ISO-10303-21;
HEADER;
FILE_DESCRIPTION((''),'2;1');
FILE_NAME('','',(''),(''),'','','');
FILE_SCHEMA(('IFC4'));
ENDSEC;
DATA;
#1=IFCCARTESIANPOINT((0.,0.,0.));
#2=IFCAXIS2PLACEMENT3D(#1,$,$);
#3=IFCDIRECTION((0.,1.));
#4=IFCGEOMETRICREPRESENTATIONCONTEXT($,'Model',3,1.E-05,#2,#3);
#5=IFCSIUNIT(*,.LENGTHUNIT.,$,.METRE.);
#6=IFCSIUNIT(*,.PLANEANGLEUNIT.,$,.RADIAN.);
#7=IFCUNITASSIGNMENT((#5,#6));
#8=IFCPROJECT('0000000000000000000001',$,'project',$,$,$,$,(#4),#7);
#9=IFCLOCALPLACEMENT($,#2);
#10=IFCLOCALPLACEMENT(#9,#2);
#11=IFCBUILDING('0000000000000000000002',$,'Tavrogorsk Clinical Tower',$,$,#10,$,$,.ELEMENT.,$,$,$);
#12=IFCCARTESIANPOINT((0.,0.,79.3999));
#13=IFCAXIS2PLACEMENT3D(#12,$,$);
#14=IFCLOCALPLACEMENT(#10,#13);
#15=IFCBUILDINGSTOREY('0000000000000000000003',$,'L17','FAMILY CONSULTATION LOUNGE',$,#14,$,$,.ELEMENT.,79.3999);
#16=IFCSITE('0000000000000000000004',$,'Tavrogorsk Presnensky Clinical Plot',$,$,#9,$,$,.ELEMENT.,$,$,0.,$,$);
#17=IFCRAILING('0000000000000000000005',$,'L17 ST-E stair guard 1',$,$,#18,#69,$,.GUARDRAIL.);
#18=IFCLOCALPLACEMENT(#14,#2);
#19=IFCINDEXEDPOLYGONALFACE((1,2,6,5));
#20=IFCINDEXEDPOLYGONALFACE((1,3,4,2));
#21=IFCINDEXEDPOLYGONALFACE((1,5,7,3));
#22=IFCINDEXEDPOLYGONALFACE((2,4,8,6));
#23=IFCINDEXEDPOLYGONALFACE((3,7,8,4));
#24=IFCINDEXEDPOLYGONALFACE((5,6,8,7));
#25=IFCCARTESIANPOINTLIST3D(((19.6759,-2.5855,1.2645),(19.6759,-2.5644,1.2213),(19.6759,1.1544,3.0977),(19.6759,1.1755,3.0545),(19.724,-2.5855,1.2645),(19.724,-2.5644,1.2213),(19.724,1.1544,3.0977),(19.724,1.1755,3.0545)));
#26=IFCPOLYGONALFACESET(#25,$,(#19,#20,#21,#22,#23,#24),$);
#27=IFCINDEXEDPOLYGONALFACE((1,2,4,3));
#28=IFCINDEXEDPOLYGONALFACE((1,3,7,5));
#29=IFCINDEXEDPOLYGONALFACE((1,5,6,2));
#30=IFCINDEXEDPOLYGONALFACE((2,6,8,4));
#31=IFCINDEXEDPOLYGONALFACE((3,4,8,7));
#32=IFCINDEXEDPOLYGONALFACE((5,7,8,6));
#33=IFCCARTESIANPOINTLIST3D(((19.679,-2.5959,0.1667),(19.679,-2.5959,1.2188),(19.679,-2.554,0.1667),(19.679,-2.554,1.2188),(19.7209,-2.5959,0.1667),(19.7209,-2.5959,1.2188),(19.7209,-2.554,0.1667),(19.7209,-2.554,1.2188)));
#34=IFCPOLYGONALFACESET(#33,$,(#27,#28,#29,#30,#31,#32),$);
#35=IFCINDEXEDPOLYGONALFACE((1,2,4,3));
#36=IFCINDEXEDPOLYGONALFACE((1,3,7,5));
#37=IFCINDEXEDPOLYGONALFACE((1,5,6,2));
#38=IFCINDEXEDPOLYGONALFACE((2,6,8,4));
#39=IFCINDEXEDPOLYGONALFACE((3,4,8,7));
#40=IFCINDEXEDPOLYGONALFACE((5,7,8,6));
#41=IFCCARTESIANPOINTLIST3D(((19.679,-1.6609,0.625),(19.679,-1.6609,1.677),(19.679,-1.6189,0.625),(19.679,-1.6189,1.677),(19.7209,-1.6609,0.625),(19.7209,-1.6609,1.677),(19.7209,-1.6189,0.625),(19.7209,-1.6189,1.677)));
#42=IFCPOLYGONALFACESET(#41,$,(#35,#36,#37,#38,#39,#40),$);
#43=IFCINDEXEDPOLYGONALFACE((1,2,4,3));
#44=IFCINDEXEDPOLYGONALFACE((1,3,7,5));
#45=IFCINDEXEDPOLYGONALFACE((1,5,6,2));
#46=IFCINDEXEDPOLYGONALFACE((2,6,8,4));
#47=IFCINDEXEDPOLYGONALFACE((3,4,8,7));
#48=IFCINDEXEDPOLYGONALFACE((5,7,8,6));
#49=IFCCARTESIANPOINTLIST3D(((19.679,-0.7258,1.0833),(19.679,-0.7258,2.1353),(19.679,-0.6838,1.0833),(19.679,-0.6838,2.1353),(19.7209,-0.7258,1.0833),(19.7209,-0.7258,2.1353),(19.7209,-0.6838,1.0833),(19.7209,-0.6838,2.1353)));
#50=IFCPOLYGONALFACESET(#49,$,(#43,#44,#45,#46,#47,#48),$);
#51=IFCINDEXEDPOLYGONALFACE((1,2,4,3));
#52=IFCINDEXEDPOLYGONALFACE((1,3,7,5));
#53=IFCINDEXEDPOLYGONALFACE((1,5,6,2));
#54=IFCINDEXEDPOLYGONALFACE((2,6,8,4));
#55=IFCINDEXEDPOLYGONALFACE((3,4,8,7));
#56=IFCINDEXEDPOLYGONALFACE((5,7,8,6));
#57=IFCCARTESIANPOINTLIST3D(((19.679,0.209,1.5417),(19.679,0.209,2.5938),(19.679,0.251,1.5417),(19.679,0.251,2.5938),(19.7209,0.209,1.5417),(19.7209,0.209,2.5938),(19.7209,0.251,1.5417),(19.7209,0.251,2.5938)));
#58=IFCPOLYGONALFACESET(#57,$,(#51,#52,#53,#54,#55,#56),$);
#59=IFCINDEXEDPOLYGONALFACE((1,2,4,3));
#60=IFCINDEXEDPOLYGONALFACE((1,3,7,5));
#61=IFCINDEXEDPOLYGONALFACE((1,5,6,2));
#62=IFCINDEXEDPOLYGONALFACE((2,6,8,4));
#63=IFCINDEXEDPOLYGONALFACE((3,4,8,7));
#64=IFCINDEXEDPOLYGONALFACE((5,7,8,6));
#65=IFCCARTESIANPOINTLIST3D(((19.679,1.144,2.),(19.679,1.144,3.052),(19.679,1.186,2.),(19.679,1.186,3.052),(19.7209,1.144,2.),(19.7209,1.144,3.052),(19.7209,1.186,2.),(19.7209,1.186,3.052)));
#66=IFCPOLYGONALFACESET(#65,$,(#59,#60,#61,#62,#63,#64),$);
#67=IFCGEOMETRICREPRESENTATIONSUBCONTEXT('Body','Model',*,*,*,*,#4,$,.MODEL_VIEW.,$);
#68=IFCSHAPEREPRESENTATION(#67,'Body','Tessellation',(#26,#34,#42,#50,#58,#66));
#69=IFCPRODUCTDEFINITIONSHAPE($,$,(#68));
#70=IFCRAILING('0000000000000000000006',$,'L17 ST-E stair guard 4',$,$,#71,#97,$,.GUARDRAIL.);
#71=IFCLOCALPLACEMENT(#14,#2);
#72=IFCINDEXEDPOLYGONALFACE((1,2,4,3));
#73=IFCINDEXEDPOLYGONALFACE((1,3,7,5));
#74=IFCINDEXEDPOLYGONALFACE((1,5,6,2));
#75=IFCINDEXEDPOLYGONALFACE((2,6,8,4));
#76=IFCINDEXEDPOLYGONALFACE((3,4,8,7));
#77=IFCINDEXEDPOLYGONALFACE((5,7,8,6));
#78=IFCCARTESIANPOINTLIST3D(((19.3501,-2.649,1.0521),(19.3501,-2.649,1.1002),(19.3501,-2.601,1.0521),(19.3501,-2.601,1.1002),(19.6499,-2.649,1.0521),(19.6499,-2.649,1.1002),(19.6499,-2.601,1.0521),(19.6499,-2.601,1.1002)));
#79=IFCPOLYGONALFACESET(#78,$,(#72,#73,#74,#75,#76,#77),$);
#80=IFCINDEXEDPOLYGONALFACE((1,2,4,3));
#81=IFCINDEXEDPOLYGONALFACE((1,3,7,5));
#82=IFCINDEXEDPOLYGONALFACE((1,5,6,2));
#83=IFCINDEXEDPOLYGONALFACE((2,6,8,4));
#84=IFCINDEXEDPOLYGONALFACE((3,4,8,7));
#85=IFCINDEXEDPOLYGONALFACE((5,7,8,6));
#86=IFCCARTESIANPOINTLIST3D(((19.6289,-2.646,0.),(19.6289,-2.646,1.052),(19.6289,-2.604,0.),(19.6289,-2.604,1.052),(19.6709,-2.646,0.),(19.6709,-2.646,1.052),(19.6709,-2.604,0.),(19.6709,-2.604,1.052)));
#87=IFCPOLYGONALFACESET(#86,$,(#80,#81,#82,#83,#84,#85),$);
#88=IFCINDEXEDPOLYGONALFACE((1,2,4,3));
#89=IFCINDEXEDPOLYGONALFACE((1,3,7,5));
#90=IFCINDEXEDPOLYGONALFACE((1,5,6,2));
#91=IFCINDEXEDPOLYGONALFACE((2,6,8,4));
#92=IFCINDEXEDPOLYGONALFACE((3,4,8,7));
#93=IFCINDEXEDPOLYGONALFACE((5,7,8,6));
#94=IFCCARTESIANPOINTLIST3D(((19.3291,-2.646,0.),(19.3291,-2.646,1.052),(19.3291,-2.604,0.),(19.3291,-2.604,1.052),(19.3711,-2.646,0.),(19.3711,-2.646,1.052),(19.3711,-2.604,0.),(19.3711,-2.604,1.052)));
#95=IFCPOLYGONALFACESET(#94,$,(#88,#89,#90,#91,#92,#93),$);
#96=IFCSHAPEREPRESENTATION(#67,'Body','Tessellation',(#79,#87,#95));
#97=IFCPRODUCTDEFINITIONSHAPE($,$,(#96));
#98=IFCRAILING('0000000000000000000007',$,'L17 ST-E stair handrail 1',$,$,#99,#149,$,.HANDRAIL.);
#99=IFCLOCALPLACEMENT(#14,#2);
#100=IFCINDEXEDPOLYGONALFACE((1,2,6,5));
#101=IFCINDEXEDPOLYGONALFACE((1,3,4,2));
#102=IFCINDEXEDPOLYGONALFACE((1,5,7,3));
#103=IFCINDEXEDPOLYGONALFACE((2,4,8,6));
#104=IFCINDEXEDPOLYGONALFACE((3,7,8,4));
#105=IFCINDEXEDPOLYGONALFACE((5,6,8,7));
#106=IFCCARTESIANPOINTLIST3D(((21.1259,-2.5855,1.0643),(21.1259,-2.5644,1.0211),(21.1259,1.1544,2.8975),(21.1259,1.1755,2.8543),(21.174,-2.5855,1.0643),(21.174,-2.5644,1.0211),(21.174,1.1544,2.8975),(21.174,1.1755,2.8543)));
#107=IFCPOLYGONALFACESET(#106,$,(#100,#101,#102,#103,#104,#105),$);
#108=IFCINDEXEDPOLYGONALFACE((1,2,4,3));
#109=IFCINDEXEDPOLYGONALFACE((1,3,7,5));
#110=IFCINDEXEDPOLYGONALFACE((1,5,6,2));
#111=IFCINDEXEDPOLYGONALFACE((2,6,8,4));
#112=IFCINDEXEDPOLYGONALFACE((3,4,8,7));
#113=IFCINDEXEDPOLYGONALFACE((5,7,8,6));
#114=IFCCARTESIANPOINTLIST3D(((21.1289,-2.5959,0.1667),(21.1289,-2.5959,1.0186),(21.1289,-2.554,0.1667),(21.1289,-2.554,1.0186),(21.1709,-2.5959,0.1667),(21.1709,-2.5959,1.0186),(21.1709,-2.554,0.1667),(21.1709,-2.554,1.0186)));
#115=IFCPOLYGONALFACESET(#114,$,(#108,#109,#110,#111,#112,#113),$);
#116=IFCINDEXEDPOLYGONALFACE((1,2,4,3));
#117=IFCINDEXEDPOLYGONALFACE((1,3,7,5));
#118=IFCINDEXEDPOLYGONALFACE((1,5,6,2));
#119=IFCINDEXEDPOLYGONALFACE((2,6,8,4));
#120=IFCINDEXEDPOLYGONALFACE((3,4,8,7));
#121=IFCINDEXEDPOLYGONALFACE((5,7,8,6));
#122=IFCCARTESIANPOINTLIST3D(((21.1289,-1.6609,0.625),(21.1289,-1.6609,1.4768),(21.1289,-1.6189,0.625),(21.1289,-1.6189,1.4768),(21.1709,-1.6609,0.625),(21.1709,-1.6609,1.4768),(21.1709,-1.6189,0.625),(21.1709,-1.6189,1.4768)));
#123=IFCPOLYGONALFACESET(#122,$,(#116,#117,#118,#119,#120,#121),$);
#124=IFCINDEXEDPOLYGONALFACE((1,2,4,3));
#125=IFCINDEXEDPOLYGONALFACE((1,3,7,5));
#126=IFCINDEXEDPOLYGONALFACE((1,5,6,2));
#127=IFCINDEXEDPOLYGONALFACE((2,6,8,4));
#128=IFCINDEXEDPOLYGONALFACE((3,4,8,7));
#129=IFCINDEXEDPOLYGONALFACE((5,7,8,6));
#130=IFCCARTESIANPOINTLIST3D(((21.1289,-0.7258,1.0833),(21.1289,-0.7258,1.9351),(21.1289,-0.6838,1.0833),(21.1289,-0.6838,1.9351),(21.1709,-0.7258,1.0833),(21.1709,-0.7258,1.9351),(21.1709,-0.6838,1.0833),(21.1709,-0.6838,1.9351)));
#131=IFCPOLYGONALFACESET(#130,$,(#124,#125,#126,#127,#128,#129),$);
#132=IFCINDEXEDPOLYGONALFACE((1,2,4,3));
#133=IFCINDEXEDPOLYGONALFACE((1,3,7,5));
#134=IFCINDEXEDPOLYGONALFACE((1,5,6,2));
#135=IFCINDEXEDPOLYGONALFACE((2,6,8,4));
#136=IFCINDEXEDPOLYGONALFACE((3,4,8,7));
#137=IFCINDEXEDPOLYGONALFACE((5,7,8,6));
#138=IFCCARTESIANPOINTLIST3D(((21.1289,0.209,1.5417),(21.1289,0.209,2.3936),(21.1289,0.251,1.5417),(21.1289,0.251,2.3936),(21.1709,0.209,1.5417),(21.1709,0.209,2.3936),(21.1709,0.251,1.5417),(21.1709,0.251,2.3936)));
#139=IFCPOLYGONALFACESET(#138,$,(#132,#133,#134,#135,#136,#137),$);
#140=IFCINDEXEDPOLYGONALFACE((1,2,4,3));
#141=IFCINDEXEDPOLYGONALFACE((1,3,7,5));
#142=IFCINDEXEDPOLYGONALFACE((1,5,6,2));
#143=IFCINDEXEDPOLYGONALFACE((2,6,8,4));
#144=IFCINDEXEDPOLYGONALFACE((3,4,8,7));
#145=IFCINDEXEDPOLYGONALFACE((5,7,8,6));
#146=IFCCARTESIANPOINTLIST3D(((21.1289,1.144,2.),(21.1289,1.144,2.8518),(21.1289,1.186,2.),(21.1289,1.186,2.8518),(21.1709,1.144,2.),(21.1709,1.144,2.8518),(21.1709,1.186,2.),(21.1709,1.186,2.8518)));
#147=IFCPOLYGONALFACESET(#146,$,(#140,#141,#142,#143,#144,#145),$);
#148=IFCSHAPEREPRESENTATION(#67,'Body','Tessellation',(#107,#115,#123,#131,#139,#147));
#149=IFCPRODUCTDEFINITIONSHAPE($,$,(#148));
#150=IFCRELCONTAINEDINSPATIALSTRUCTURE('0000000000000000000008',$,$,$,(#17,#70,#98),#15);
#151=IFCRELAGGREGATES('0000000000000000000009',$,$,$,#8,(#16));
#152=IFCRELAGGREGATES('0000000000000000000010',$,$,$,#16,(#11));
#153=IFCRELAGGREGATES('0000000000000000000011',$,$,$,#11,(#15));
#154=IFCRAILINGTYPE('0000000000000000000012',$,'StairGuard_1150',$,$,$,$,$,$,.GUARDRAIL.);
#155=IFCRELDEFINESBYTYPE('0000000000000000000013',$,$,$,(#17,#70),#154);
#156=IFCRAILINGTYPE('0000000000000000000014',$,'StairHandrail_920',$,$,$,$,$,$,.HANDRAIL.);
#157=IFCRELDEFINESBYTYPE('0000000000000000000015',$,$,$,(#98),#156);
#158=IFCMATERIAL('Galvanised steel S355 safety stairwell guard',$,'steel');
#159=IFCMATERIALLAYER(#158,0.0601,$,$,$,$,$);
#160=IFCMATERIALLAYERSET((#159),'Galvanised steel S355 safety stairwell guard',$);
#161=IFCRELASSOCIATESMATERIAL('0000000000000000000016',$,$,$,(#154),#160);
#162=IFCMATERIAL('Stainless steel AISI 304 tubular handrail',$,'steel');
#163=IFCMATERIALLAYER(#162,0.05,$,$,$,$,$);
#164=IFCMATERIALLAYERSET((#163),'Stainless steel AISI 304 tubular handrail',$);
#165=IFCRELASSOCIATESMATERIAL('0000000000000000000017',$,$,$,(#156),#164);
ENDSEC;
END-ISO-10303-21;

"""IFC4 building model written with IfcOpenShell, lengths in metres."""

from ifc_helpers import new_model, si_unit, direction, frame, origin, origin_2d, place, context, subcontext, project, spatial, rectangle, extrude, material, layer, layer_set, type_object, element, save


model = new_model("IFC4")

# Units and contexts
model_context = context("Model", 3, precision=1e-05, world=origin(), true_north=direction((0.0, 1.0)))
body_context = subcontext(model_context, "Body", "Model", "MODEL_VIEW")
ifc_project = project(units=[si_unit("LENGTHUNIT", "METRE"), si_unit("PLANEANGLEUNIT", "RADIAN")], contexts=[model_context])

# Site, building, storey
site_placement = place(None, origin())
site = spatial("IfcSite", under=ifc_project, at=site_placement, Name="Tavrogorsk Presnensky Clinical Plot", CompositionType="ELEMENT", RefElevation=0.0)
building_placement = place(site_placement, origin())
building = spatial("IfcBuilding", under=site, at=building_placement, Name="Tavrogorsk Clinical Tower", CompositionType="ELEMENT")
storey_placement = place(building_placement, frame((0.0, 0.0, 79.3999)))
storey = spatial("IfcBuildingStorey", under=building, at=storey_placement, Name="L17", Description="FAMILY CONSULTATION LOUNGE", CompositionType="ELEMENT", Elevation=79.3999)

# Railings
ifc_material_1 = material(Name="Galvanised steel S355 safety stairwell guard", Category="steel")
ifc_layer_1 = layer(ifc_material_1, 0.0601)
ifc_layer_set_1 = layer_set([ifc_layer_1], Name="Galvanised steel S355 safety stairwell guard")
railing_type_1 = type_object("IfcRailingType", Name="StairGuard_1150", PredefinedType="GUARDRAIL", material=ifc_layer_set_1)
railing_1_placement = place(storey_placement, frame((19.7, -2.575, 0.1667)))
element("IfcRailing", 1, at=railing_1_placement, inside=storey, type_object=railing_type_1, Name="L17 ST-E stair guard 1", PredefinedType="GUARDRAIL", context=body_context, shape_type="SweptSolid", body=[
    extrude(rectangle(XDim=0.0481, YDim=0.0481, at=origin_2d()), frame((0.0, 0.0, 1.0762), z_axis=(0.0, 0.897928, 0.440142), x_axis=(-1.0, 0.0, 0.0)), (0.0, 0.0, 1.0), 4.165),
    extrude(rectangle(XDim=0.042, YDim=0.042, at=origin_2d()), origin(), (0.0, 0.0, 1.0), 1.052),
    extrude(rectangle(XDim=0.042, YDim=0.042, at=origin_2d()), frame((0.0, 0.9351, 0.4583)), (0.0, 0.0, 1.0), 1.052),
    extrude(rectangle(XDim=0.042, YDim=0.042, at=origin_2d()), frame((0.0, 1.8701, 0.9165)), (0.0, 0.0, 1.0), 1.052),
    extrude(rectangle(XDim=0.042, YDim=0.042, at=origin_2d()), frame((0.0, 2.8049, 1.375)), (0.0, 0.0, 1.0), 1.052),
    extrude(rectangle(XDim=0.042, YDim=0.042, at=origin_2d()), frame((0.0, 3.74, 1.8333)), (0.0, 0.0, 1.0), 1.052),
])
railing_2_placement = place(storey_placement, frame((19.6499, -2.625, 0.0)))
element("IfcRailing", 2, at=railing_2_placement, inside=storey, type_object=railing_type_1, Name="L17 ST-E stair guard 4", PredefinedType="GUARDRAIL", context=body_context, shape_type="SweptSolid", body=[
    extrude(rectangle(XDim=0.0481, YDim=0.0481, at=origin_2d()), frame((0.0, 0.0, 1.0762), z_axis=(-1.0, 0.0, 0.0), x_axis=(0.0, -1.0, 0.0)), (0.0, 0.0, 1.0), 0.2998),
    extrude(rectangle(XDim=0.042, YDim=0.042, at=origin_2d()), origin(), (0.0, 0.0, 1.0), 1.052),
    extrude(rectangle(XDim=0.042, YDim=0.042, at=origin_2d()), frame((-0.2998, 0.0, 0.0)), (0.0, 0.0, 1.0), 1.052),
])
ifc_material_2 = material(Name="Stainless steel AISI 304 tubular handrail", Category="steel")
ifc_layer_2 = layer(ifc_material_2, 0.05)
ifc_layer_set_2 = layer_set([ifc_layer_2], Name="Stainless steel AISI 304 tubular handrail")
railing_type_2 = type_object("IfcRailingType", Name="StairHandrail_920", PredefinedType="HANDRAIL", material=ifc_layer_set_2)
railing_3_placement = place(storey_placement, frame((21.1499, -2.575, 0.1667)))
element("IfcRailing", 3, at=railing_3_placement, inside=storey, type_object=railing_type_2, Name="L17 ST-E stair handrail 1", PredefinedType="HANDRAIL", context=body_context, shape_type="SweptSolid", body=[
    extrude(rectangle(XDim=0.0481, YDim=0.0481, at=origin_2d()), frame((0.0, 0.0, 0.876), z_axis=(0.0, 0.897928, 0.440142), x_axis=(-1.0, 0.0, 0.0)), (0.0, 0.0, 1.0), 4.165),
    extrude(rectangle(XDim=0.042, YDim=0.042, at=origin_2d()), origin(), (0.0, 0.0, 1.0), 0.8518),
    extrude(rectangle(XDim=0.042, YDim=0.042, at=origin_2d()), frame((0.0, 0.9351, 0.4583)), (0.0, 0.0, 1.0), 0.8518),
    extrude(rectangle(XDim=0.042, YDim=0.042, at=origin_2d()), frame((0.0, 1.8701, 0.9165)), (0.0, 0.0, 1.0), 0.8518),
    extrude(rectangle(XDim=0.042, YDim=0.042, at=origin_2d()), frame((0.0, 2.8049, 1.375)), (0.0, 0.0, 1.0), 0.8518),
    extrude(rectangle(XDim=0.042, YDim=0.042, at=origin_2d()), frame((0.0, 3.74, 1.8333)), (0.0, 0.0, 1.0), 0.8518),
])

save(model, "model.ifc")
